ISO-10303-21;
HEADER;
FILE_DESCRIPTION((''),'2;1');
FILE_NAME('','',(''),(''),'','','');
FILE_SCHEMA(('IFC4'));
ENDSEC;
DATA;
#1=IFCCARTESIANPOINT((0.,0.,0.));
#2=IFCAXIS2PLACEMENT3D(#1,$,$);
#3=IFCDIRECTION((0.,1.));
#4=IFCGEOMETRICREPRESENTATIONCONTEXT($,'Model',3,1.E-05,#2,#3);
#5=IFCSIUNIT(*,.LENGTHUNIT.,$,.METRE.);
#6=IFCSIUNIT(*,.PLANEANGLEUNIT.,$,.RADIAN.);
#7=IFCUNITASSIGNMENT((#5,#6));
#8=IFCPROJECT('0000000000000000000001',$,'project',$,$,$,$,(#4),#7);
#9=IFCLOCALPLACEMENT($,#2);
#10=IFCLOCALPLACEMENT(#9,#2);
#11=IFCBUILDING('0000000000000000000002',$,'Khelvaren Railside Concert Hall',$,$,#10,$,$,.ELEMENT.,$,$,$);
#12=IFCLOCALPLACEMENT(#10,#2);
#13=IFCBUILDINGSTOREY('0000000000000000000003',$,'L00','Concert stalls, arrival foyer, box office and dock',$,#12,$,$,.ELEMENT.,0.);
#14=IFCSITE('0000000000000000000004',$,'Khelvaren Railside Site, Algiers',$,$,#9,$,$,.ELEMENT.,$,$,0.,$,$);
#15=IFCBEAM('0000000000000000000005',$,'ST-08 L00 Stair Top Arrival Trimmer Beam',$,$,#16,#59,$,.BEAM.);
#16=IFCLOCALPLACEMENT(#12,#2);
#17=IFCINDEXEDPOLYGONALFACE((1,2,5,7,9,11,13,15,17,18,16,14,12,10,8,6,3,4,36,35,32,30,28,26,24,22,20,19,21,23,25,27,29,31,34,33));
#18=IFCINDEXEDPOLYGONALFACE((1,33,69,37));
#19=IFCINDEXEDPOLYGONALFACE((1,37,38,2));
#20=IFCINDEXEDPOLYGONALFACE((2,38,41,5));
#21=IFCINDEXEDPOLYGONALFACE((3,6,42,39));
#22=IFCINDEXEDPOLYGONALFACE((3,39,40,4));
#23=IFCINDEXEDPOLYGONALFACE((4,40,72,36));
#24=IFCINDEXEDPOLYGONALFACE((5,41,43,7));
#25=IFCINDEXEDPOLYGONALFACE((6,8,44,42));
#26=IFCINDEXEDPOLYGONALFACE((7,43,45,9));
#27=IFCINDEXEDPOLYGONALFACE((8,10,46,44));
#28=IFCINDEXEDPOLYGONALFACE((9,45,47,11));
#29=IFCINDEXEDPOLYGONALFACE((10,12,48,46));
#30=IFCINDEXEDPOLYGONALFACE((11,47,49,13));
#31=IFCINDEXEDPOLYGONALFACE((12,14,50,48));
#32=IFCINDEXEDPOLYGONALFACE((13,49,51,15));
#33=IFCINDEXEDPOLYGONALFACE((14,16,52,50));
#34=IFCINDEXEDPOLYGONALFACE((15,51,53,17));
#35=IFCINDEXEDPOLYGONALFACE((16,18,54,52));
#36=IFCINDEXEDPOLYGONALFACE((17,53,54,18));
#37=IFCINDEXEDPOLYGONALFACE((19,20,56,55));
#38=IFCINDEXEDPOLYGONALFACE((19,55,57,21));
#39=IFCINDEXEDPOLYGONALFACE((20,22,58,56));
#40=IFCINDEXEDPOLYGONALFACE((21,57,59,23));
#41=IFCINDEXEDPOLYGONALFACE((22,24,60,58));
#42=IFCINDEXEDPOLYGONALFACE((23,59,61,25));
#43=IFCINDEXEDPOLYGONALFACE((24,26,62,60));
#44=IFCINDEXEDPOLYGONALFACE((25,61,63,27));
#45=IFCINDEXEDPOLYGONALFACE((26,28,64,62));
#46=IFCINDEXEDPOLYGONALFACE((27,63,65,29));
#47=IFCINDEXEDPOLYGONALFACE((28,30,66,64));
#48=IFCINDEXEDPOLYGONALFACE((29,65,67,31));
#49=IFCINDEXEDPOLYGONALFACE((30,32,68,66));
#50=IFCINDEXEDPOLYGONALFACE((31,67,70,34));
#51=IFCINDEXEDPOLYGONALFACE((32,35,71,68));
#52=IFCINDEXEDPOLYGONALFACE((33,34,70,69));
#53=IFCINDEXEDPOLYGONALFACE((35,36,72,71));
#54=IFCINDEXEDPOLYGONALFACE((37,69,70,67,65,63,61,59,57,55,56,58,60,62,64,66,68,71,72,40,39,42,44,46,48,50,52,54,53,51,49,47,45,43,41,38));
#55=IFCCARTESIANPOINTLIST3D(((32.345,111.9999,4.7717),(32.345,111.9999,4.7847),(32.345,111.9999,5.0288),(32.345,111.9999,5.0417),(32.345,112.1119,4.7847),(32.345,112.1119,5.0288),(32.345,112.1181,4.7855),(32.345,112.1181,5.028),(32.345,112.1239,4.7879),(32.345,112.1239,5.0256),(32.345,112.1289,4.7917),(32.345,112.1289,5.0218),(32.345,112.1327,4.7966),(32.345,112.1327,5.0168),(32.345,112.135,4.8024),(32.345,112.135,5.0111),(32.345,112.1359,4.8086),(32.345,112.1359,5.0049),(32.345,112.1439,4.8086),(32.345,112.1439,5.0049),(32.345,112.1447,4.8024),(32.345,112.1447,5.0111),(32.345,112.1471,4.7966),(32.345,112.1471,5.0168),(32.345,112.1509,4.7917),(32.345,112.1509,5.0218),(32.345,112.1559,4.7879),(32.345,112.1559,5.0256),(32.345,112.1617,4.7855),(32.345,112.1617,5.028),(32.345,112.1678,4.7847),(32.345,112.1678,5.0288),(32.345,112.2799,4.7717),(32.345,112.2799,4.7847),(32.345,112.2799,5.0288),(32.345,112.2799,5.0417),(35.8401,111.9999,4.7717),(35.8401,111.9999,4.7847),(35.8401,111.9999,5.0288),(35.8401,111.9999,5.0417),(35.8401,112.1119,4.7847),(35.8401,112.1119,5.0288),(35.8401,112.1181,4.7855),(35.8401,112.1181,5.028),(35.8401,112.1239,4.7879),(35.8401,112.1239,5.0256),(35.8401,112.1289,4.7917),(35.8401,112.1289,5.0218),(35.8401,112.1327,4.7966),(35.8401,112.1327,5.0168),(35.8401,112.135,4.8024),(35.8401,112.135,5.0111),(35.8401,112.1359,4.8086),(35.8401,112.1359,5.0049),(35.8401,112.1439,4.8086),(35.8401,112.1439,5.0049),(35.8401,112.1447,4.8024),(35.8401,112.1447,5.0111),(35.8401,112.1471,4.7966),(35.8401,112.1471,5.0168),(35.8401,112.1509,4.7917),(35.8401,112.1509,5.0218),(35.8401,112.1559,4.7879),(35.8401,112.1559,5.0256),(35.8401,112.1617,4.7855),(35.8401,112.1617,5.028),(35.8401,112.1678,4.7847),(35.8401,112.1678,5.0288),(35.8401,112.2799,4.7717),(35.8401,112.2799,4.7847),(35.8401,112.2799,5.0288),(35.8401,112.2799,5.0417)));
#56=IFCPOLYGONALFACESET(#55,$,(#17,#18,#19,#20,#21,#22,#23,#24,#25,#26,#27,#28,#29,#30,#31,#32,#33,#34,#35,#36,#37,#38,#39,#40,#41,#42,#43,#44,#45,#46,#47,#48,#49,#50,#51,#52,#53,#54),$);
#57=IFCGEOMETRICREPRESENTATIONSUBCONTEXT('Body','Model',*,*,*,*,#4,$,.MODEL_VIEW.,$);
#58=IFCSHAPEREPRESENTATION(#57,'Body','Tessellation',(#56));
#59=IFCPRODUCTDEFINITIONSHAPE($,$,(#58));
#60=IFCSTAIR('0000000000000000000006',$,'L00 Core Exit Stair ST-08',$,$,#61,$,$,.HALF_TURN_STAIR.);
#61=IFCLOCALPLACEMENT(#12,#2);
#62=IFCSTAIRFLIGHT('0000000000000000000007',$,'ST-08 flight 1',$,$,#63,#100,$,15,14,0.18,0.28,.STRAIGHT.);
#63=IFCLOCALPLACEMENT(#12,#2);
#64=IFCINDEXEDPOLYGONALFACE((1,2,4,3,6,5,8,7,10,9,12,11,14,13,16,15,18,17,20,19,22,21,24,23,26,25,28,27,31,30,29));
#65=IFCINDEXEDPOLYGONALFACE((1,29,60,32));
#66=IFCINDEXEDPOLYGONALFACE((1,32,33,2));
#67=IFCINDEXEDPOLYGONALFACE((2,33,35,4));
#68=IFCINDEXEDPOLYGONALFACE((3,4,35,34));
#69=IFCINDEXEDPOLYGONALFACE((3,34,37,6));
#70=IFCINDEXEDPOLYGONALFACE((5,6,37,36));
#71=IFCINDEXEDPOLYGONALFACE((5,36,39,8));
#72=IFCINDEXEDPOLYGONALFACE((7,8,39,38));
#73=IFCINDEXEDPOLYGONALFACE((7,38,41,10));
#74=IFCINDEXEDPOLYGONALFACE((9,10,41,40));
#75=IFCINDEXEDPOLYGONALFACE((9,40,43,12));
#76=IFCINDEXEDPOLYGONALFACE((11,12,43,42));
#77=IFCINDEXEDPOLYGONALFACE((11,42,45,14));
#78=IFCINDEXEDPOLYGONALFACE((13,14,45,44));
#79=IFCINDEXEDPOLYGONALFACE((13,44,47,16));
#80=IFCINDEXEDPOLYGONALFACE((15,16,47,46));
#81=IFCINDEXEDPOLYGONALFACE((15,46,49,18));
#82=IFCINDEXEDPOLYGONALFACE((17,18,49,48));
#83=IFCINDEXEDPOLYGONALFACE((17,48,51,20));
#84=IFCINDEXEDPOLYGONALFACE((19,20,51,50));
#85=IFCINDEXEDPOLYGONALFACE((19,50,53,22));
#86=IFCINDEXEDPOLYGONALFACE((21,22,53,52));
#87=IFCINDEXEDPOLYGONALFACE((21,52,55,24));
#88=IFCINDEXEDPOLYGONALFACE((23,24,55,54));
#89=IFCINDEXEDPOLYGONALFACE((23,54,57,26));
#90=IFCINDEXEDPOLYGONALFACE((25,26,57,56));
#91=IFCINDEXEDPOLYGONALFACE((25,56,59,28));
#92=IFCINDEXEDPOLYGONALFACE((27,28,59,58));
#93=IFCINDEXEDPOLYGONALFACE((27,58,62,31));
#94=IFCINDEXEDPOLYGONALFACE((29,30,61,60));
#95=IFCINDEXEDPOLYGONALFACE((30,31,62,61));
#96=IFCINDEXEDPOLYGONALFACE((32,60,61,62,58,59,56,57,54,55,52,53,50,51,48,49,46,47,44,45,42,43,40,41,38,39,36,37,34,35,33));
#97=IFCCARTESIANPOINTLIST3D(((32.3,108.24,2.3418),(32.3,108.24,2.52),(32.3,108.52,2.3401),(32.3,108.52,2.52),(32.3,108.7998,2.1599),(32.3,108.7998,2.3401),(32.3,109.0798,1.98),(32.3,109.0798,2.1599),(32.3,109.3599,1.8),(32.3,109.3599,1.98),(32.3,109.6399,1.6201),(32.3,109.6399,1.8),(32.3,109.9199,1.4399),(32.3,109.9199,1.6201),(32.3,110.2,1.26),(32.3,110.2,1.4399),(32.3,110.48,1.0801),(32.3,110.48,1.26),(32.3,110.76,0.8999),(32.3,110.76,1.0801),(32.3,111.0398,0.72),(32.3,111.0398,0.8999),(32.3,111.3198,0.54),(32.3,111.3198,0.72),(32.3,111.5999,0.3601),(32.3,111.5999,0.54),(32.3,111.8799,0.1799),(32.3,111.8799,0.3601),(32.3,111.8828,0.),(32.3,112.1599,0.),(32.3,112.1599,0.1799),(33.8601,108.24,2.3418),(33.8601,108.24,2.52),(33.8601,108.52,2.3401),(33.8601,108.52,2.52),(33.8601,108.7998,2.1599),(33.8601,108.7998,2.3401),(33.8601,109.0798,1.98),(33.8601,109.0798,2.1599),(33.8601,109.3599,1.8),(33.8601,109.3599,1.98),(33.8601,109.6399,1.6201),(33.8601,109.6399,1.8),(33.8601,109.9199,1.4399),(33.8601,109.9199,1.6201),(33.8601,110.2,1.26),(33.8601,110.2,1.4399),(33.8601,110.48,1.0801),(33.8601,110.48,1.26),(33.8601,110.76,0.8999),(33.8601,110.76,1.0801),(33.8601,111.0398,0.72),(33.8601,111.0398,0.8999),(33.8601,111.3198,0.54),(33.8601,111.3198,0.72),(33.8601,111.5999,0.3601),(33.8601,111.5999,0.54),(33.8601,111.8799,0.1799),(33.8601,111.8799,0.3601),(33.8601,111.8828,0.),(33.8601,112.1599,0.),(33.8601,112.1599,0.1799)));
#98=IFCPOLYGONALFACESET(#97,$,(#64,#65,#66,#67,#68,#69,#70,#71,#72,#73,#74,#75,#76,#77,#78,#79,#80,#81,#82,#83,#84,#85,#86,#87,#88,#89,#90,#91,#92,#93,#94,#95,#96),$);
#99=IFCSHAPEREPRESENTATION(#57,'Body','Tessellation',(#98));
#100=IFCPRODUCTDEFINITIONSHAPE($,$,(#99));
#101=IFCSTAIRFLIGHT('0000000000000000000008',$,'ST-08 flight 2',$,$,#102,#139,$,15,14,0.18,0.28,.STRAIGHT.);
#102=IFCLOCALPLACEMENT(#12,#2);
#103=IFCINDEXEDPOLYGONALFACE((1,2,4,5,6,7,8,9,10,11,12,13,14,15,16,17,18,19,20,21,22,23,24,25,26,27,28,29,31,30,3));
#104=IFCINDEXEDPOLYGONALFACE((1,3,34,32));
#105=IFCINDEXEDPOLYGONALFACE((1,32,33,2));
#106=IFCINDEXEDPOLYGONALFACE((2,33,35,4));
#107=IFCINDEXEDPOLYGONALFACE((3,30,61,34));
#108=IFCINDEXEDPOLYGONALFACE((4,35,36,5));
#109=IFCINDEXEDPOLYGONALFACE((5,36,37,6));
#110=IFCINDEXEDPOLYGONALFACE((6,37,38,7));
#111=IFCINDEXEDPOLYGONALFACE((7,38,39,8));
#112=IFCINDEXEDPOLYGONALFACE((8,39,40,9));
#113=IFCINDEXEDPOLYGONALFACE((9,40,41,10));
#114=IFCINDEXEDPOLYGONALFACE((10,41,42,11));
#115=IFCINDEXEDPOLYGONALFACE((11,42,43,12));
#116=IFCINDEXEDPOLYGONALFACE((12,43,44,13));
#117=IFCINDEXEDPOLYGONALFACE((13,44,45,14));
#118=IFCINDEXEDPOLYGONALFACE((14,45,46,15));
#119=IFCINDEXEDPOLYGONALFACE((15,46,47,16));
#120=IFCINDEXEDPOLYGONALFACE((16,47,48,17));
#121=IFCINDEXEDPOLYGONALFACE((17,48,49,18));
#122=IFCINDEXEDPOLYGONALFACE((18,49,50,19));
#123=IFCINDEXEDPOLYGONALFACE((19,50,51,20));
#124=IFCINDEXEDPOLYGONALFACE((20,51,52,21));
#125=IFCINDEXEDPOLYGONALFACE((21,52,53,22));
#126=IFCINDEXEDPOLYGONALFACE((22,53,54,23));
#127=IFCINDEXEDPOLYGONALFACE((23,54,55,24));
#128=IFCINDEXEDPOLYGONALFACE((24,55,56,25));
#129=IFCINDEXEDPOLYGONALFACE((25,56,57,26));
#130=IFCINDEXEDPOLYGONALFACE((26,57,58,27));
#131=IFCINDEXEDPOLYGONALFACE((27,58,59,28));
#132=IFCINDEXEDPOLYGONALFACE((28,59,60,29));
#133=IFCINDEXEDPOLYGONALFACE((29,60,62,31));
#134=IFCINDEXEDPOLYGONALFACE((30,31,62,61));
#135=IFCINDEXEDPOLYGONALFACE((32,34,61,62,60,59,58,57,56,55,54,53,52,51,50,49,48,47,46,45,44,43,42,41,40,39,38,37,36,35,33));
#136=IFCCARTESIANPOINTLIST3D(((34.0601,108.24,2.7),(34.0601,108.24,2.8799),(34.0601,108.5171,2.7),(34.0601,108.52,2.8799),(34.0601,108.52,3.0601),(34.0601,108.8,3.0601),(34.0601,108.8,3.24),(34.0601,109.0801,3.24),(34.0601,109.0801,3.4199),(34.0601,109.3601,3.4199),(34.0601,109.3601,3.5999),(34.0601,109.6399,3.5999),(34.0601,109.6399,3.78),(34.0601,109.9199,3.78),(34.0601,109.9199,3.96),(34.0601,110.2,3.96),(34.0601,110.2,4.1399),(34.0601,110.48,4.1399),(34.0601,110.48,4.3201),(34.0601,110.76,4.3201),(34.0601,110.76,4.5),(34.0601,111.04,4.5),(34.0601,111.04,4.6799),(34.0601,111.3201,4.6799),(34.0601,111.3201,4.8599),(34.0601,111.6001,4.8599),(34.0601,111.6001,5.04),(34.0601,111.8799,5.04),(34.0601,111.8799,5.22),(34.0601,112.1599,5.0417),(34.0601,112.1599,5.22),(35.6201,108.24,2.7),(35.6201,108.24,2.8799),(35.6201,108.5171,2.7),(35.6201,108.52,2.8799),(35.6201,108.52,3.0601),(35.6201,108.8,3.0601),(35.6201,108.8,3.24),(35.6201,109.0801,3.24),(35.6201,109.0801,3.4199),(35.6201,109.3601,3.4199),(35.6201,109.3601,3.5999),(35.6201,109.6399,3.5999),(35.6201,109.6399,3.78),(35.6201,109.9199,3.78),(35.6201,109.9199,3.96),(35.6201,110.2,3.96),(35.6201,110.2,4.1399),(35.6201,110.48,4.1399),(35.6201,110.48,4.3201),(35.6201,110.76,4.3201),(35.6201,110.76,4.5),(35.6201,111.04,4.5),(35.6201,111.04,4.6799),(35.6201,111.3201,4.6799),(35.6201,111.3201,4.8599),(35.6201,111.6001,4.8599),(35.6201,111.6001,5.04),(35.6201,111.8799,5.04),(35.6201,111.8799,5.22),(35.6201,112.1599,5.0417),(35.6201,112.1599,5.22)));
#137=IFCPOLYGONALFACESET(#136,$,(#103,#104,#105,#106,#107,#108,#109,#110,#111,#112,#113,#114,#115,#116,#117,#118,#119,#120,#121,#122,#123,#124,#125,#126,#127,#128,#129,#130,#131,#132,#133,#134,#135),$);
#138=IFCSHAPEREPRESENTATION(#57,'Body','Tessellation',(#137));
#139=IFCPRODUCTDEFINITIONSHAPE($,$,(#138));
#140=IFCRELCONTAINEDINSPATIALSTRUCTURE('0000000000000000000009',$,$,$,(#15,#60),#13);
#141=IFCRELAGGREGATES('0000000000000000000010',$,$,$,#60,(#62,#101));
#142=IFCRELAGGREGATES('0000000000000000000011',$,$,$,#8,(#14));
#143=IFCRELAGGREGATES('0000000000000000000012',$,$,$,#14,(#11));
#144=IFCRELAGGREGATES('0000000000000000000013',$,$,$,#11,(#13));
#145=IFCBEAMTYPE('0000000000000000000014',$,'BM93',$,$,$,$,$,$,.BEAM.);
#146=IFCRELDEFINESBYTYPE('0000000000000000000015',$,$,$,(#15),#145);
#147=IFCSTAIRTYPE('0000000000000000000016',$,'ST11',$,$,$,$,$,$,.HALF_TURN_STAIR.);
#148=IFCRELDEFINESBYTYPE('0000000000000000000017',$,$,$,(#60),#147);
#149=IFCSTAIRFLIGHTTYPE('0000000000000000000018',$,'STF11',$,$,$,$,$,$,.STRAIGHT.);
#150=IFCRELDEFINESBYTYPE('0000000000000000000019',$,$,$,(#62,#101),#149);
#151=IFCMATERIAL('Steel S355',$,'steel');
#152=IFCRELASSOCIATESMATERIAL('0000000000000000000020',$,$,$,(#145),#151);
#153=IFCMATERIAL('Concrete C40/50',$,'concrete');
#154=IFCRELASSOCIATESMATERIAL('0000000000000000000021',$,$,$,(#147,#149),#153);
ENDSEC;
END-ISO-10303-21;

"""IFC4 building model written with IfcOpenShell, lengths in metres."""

from ifc_helpers import new_model, si_unit, direction, frame, origin, origin_2d, place, context, subcontext, project, spatial, polyline, i_section, outline, extrude, material, material_profile, profile_set, type_object, element, aggregate, save


model = new_model("IFC4")

# Units and contexts
model_context = context("Model", 3, precision=1e-05, world=origin(), true_north=direction((0.0, 1.0)))
body_context = subcontext(model_context, "Body", "Model", "MODEL_VIEW")
ifc_project = project(units=[si_unit("LENGTHUNIT", "METRE"), si_unit("PLANEANGLEUNIT", "RADIAN")], contexts=[model_context])

# Site, building, storey
site_placement = place(None, origin())
site = spatial("IfcSite", under=ifc_project, at=site_placement, Name="Khelvaren Railside Site, Algiers", CompositionType="ELEMENT", RefElevation=0.0)
building_placement = place(site_placement, origin())
building = spatial("IfcBuilding", under=site, at=building_placement, Name="Khelvaren Railside Concert Hall", CompositionType="ELEMENT")
storey_placement = place(building_placement, origin())
storey = spatial("IfcBuildingStorey", under=building, at=storey_placement, Name="L00", Description="Concert stalls, arrival foyer, box office and dock", CompositionType="ELEMENT", Elevation=0.0)

# Beam
ifc_material_1 = material(Name="Steel S355", Category="steel")
ifc_material_profile_1 = material_profile(ifc_material_1, i_section(OverallWidth=0.28, OverallDepth=0.27, WebThickness=0.0081, FlangeThickness=0.0129, FilletRadius=0.0239, at=origin_2d()), Name="HEA 280")
ifc_profile_set_1 = profile_set([ifc_material_profile_1], Name="Steel S355")
beam_type_1 = type_object("IfcBeamType", Name="BM93", PredefinedType="BEAM", material=ifc_profile_set_1)
beam_1_placement = place(storey_placement, frame((32.345, 112.1399, 4.9067), z_axis=(1.0, 0.0, 0.0), x_axis=(0.0, 1.0, 0.0)))
element("IfcBeam", 1, at=beam_1_placement, inside=storey, type_object=beam_type_1, Name="ST-08 L00 Stair Top Arrival Trimmer Beam", PredefinedType="BEAM", context=body_context, shape_type="SweptSolid", body=[
    extrude(i_section(OverallWidth=0.28, OverallDepth=0.27, WebThickness=0.0081, FlangeThickness=0.0129, FilletRadius=0.0239, at=origin_2d()), origin(), (0.0, 0.0, 1.0), 3.4951),
])

# Stair, stair flights
ifc_material_2 = material(Name="Concrete C40/50", Category="concrete")
stair_type = type_object("IfcStairType", Name="ST11", PredefinedType="HALF_TURN_STAIR", material=ifc_material_2)
stair_placement = place(storey_placement, origin())
stair = element("IfcStair", 2, at=stair_placement, inside=storey, type_object=stair_type, Name="L00 Core Exit Stair ST-08", PredefinedType="HALF_TURN_STAIR")
stair_flight_type = type_object("IfcStairFlightType", Name="STF11", PredefinedType="STRAIGHT", material=ifc_material_2)
stair_flight_1_placement = place(storey_placement, frame((33.0801, 112.1599, 0.0), z_axis=(0.0, 0.0, 1.0), x_axis=(0.0, -1.0, 0.0)))
stair_flight_1 = element("IfcStairFlight", 3, at=stair_flight_1_placement, type_object=stair_flight_type, Name="ST-08 flight 1", NumberOfRisers=15, NumberOfTreads=14, PredefinedType="STRAIGHT", RiserHeight=0.18, TreadLength=0.28, context=body_context, shape_type="SweptSolid", body=[
    extrude(outline(polyline([(0.0, 0.0), (0.0, 0.1799), (0.28, 0.1799), (0.28, 0.3601), (0.5601, 0.3601), (0.5601, 0.54), (0.8401, 0.54), (0.8401, 0.72), (1.1201, 0.72), (1.1201, 0.8999), (1.3999, 0.8999), (1.3999, 1.0801), (1.6799, 1.0801), (1.6799, 1.26), (1.96, 1.26), (1.96, 1.4399), (2.24, 1.4399), (2.24, 1.6201), (2.52, 1.6201), (2.52, 1.8), (2.8, 1.8), (2.8, 1.98), (3.0801, 1.98), (3.0801, 2.1599), (3.3601, 2.1599), (3.3601, 2.3401), (3.6399, 2.3401), (3.6399, 2.52), (3.9199, 2.52), (3.9199, 2.7), (3.9199, 2.3418), (0.2771, 0.0), (0.0, 0.0)])), frame((0.0, 0.78, 0.0), z_axis=(0.0, -1.0, 0.0), x_axis=(1.0, 0.0, 0.0)), (0.0, 0.0, 1.0), 1.5601),
])
stair_flight_2_placement = place(storey_placement, frame((34.8401, 108.24, 2.7), z_axis=(0.0, 0.0, 1.0), x_axis=(0.0, 1.0, 0.0)))
stair_flight_2 = element("IfcStairFlight", 4, at=stair_flight_2_placement, type_object=stair_flight_type, Name="ST-08 flight 2", NumberOfRisers=15, NumberOfTreads=14, PredefinedType="STRAIGHT", RiserHeight=0.18, TreadLength=0.28, context=body_context, shape_type="SweptSolid", body=[
    extrude(outline(polyline([(0.0, 0.0), (0.0, 0.1799), (0.28, 0.1799), (0.28, 0.3601), (0.5601, 0.3601), (0.5601, 0.54), (0.8401, 0.54), (0.8401, 0.72), (1.1201, 0.72), (1.1201, 0.8999), (1.3999, 0.8999), (1.3999, 1.0801), (1.6799, 1.0801), (1.6799, 1.26), (1.96, 1.26), (1.96, 1.4399), (2.24, 1.4399), (2.24, 1.6201), (2.52, 1.6201), (2.52, 1.8), (2.8, 1.8), (2.8, 1.98), (3.0801, 1.98), (3.0801, 2.1599), (3.3601, 2.1599), (3.3601, 2.3401), (3.6399, 2.3401), (3.6399, 2.52), (3.9199, 2.52), (3.9199, 2.7), (3.9199, 2.3418), (0.2771, 0.0), (0.0, 0.0)])), frame((0.0, 0.78, 0.0), z_axis=(0.0, -1.0, 0.0), x_axis=(1.0, 0.0, 0.0)), (0.0, 0.0, 1.0), 1.5601),
])
aggregate(stair, [stair_flight_1, stair_flight_2])

save(model, "model.ifc")
